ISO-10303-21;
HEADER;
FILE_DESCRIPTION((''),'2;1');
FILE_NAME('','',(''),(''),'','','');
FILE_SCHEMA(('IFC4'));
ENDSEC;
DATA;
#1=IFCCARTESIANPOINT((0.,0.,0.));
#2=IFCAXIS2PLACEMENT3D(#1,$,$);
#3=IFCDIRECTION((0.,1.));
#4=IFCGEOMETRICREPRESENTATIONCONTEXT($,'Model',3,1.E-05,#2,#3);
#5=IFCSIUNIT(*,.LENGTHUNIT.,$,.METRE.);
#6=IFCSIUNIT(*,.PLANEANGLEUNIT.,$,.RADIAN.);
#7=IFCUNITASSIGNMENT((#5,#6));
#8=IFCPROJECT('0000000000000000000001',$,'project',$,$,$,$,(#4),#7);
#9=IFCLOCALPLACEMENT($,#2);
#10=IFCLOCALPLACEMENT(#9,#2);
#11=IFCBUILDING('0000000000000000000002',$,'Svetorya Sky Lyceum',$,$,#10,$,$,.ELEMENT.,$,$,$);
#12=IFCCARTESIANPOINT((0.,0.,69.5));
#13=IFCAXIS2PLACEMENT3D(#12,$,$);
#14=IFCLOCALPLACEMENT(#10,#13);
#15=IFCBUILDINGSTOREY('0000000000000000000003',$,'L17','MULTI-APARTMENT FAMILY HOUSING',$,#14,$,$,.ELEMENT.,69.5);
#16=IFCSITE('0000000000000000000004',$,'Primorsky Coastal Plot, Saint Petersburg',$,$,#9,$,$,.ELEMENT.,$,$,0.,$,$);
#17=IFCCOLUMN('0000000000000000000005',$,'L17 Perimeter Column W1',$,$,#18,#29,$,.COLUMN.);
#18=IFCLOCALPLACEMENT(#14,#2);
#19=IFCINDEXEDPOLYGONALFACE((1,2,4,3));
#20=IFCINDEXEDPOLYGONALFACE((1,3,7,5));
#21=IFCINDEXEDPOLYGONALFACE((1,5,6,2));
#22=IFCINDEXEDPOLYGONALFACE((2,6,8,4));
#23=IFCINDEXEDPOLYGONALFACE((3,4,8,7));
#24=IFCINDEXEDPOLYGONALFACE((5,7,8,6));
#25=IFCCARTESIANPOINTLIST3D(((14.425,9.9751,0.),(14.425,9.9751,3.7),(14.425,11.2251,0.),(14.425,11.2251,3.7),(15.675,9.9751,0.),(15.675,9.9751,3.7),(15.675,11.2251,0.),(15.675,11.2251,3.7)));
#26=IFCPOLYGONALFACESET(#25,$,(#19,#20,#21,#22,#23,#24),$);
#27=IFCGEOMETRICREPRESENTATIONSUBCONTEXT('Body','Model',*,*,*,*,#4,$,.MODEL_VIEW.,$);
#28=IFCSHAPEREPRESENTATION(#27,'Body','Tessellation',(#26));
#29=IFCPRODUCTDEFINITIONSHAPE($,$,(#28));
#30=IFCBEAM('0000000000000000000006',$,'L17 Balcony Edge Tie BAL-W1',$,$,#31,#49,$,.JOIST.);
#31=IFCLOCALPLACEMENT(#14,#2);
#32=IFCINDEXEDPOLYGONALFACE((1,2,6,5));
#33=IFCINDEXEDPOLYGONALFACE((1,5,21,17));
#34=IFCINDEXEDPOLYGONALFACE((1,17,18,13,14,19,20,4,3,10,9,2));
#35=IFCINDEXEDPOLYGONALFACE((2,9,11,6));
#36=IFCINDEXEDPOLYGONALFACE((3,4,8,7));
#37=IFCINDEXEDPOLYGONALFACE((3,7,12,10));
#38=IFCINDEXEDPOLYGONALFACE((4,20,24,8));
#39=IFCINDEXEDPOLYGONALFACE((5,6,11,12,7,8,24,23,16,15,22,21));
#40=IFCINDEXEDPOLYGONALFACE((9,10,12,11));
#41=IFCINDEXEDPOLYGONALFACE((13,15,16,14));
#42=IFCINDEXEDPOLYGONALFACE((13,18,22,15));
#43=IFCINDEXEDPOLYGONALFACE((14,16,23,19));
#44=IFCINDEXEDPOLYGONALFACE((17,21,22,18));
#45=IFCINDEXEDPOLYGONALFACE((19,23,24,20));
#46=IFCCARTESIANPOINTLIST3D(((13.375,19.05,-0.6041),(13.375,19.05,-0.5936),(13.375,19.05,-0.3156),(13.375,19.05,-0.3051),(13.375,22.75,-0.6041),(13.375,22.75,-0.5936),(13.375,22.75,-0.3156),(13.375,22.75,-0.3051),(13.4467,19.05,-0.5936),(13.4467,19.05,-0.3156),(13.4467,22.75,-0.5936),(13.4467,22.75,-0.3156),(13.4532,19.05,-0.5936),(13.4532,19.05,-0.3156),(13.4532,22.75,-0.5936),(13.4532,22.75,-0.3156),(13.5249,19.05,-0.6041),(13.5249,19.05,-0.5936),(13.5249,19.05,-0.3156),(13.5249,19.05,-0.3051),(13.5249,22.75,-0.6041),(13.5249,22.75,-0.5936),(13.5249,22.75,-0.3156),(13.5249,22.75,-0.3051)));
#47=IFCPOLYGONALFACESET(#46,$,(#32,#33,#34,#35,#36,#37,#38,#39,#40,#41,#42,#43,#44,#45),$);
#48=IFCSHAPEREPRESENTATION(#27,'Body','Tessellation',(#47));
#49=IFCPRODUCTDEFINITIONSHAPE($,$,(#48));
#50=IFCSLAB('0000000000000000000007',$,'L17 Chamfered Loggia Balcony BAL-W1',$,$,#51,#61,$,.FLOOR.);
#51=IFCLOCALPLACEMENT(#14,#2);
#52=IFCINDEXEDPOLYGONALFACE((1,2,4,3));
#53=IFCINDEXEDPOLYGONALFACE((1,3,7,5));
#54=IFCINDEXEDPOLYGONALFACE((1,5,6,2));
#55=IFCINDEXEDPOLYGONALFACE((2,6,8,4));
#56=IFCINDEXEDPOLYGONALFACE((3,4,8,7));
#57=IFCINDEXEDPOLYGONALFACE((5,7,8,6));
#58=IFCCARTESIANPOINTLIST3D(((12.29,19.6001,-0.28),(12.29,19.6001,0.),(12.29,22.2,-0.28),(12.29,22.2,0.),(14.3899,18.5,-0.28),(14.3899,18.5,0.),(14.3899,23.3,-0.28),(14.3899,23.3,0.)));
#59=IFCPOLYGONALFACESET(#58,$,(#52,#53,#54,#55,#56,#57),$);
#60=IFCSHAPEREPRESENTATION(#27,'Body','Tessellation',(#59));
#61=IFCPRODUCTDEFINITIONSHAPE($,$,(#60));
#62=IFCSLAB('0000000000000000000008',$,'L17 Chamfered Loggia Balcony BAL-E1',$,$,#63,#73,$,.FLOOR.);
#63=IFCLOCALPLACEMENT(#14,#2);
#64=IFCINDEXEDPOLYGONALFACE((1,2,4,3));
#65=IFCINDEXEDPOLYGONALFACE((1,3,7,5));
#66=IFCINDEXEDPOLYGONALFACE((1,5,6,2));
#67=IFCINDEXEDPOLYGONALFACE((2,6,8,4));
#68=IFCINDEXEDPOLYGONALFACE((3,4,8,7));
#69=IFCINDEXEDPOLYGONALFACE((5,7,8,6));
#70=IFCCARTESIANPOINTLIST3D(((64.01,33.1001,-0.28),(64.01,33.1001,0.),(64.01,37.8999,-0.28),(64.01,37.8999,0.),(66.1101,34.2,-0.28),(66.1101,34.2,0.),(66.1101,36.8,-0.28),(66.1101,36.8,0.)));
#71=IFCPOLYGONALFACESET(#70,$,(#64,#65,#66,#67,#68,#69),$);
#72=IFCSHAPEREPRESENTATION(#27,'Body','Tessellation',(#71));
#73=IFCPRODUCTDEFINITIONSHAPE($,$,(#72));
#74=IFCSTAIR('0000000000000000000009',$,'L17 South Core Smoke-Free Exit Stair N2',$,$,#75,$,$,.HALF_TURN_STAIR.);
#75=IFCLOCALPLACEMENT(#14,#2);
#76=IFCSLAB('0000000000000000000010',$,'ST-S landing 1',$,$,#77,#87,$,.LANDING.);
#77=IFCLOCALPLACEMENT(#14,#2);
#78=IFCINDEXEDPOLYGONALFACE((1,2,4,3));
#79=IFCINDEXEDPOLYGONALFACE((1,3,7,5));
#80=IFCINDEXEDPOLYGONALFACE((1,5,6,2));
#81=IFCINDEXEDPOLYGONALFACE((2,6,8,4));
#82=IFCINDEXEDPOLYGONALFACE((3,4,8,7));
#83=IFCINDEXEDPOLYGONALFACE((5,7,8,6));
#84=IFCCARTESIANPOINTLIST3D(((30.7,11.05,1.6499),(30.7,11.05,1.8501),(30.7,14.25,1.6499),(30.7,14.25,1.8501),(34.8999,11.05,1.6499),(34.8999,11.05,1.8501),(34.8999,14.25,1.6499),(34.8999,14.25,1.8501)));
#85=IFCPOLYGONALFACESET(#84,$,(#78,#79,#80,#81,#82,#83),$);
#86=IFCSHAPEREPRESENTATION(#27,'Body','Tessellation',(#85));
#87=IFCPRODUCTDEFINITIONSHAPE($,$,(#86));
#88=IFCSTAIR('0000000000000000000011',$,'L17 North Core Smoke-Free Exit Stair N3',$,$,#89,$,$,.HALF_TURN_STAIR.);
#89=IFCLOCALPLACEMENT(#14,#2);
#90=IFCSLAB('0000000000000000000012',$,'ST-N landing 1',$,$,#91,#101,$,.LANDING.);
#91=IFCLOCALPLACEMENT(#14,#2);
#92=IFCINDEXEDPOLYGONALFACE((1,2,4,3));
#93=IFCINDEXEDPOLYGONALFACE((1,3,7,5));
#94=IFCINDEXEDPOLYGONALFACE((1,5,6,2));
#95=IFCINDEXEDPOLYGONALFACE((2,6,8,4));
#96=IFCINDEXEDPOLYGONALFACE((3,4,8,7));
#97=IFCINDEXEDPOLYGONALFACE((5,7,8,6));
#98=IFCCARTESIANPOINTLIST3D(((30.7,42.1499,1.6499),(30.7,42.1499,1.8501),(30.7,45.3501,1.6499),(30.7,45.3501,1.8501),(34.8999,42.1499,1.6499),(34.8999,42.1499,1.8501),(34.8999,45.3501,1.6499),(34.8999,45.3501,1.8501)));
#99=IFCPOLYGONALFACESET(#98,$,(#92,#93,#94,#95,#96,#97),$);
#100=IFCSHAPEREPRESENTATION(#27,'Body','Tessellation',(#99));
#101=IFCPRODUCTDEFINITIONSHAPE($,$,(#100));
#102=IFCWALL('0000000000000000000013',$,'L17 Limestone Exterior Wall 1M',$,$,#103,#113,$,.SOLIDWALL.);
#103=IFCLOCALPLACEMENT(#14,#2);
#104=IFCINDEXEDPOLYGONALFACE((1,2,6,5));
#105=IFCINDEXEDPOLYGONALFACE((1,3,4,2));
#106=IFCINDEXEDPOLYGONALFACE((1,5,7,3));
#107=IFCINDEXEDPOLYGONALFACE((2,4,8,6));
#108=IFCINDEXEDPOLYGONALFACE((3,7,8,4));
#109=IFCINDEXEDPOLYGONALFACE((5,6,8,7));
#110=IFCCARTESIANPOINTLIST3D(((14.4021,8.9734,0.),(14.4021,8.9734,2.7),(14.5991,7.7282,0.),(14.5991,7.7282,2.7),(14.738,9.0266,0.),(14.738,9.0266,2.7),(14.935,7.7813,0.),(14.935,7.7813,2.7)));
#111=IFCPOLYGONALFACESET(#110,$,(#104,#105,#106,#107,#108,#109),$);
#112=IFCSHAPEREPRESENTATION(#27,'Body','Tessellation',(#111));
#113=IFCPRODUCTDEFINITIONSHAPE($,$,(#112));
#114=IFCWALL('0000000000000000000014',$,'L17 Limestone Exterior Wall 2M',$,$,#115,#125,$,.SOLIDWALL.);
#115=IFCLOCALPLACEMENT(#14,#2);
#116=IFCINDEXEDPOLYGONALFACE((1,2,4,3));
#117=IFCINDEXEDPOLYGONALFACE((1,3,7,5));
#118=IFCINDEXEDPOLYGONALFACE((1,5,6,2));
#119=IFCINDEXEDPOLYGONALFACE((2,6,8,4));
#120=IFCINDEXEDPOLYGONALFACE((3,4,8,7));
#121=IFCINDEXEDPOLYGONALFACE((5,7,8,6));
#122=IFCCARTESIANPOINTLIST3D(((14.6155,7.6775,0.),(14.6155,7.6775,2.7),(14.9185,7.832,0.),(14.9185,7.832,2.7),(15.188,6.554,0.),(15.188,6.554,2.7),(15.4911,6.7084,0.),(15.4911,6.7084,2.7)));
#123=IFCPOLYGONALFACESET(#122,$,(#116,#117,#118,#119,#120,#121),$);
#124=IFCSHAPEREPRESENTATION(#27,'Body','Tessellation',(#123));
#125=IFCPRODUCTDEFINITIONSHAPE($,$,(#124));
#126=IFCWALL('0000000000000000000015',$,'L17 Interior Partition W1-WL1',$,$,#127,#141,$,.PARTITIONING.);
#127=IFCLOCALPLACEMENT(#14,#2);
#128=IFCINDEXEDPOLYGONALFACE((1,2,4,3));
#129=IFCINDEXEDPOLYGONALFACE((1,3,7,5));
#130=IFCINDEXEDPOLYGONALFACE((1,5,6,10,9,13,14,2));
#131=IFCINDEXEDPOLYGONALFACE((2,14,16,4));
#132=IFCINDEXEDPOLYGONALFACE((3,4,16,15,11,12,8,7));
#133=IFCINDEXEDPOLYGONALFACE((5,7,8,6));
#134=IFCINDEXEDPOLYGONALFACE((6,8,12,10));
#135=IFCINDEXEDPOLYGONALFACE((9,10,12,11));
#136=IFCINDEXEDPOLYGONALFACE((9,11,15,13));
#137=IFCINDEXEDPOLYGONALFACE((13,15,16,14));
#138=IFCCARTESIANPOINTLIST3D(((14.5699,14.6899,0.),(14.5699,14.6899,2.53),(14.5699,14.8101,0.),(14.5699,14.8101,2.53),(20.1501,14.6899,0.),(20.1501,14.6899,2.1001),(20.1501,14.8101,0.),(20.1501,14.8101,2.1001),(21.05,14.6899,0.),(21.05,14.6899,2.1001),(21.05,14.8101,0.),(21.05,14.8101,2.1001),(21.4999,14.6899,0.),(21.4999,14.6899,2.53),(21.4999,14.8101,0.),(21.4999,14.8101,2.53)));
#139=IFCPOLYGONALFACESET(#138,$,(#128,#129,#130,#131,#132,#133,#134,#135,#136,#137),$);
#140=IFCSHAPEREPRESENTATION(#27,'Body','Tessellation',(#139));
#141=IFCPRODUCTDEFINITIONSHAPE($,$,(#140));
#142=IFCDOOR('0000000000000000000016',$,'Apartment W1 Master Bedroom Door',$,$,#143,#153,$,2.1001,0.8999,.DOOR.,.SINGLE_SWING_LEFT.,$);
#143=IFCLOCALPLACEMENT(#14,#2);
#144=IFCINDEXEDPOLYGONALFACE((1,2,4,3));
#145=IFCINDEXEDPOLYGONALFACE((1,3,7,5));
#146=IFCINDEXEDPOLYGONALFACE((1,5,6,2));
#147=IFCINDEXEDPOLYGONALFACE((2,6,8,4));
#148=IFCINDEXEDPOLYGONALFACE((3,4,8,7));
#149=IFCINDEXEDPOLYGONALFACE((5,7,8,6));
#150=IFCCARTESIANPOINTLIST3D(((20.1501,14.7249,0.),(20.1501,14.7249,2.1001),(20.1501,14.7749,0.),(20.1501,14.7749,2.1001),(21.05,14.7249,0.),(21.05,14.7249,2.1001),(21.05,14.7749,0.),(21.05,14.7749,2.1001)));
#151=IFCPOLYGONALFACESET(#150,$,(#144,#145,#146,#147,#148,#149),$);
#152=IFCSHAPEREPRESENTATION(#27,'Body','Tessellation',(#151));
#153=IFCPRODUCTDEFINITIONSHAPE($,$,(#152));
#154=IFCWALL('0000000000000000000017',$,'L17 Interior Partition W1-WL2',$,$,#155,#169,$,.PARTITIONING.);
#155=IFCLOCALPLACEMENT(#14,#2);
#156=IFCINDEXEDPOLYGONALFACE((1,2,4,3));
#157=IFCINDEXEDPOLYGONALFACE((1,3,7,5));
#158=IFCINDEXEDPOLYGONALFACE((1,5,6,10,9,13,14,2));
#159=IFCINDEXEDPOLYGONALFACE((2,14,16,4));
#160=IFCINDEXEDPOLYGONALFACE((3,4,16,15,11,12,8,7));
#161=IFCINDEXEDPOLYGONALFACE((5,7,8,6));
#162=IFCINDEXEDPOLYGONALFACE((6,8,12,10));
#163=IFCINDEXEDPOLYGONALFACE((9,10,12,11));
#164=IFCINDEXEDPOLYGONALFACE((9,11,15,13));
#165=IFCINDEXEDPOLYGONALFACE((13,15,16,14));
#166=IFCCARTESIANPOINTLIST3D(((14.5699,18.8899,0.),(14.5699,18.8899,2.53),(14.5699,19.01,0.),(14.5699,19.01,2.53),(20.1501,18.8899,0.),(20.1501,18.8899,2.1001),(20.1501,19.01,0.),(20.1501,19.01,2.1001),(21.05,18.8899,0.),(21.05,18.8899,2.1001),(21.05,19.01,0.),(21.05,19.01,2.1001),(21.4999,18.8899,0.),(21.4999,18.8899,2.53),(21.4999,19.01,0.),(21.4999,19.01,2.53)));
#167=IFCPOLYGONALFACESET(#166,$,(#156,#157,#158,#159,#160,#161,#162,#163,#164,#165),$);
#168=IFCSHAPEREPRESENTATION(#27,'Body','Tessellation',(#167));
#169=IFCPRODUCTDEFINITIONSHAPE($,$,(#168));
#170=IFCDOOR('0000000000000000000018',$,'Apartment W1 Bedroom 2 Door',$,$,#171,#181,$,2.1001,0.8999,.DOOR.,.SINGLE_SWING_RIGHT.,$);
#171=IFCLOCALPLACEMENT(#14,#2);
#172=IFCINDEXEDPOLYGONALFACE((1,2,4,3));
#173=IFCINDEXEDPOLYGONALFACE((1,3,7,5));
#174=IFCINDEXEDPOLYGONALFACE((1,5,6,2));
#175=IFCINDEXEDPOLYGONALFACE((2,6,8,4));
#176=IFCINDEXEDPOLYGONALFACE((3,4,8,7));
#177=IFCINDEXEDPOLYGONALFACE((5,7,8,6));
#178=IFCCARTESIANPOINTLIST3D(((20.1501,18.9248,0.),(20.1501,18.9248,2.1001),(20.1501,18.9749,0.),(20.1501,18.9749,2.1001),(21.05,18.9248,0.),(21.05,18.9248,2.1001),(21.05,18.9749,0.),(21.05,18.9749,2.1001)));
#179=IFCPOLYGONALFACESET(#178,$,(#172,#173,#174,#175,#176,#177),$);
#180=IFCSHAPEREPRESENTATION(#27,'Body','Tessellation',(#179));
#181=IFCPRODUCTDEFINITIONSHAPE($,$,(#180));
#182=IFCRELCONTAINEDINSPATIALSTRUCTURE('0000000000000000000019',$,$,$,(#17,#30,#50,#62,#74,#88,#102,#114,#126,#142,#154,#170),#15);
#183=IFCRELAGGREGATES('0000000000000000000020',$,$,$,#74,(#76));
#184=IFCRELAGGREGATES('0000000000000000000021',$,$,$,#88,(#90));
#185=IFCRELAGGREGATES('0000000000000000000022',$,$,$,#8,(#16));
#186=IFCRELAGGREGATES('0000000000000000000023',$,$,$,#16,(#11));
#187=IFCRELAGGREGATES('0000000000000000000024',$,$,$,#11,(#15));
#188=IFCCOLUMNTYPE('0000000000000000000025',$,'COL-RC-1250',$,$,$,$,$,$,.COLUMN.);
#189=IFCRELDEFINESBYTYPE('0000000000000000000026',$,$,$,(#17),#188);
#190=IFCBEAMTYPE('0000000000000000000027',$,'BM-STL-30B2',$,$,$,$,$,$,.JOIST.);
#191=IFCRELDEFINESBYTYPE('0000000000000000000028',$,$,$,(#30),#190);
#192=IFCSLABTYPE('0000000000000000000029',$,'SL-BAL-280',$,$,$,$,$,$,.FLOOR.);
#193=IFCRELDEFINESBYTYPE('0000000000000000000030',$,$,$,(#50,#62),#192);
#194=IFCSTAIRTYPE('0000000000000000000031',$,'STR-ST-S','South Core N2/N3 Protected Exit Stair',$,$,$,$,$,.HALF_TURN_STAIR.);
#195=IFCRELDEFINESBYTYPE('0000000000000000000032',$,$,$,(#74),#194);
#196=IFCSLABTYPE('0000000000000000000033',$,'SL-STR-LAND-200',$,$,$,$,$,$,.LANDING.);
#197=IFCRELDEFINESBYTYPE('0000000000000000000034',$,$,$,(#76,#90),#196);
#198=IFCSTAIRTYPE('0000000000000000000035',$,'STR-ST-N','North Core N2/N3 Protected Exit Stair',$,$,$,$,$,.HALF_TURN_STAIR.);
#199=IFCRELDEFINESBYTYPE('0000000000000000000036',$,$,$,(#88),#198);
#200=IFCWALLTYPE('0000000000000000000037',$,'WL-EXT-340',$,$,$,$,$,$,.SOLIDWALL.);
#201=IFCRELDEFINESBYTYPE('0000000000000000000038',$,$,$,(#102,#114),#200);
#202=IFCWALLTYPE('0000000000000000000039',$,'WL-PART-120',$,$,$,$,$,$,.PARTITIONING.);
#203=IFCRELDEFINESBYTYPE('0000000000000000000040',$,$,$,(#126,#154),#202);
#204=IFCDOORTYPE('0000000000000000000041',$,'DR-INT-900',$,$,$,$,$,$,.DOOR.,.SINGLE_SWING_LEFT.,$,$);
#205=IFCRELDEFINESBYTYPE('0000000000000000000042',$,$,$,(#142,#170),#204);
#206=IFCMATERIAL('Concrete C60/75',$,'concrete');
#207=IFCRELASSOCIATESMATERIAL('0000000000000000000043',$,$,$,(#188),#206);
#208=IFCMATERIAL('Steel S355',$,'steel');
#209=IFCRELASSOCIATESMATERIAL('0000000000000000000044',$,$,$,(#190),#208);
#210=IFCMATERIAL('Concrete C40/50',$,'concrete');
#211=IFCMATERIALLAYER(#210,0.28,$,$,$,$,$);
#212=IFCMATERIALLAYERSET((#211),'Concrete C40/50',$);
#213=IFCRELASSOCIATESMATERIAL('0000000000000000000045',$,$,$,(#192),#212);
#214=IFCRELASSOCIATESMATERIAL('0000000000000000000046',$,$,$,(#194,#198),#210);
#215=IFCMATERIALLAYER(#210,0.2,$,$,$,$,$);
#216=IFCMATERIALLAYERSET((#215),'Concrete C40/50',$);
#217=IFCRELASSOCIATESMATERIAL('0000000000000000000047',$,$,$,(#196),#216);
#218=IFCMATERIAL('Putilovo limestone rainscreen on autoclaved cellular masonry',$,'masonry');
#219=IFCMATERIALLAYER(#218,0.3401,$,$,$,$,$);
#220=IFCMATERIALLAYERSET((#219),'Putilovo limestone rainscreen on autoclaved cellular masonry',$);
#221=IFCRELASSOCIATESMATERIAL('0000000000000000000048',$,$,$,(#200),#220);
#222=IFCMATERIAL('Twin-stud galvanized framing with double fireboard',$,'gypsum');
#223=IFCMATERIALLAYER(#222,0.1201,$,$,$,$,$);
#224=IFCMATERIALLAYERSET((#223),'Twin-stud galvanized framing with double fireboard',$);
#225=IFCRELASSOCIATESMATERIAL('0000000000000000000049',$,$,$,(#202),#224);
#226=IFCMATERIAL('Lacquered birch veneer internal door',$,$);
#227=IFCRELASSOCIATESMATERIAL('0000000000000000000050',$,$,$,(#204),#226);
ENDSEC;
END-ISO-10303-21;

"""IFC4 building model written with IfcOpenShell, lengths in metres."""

from ifc_helpers import new_model, si_unit, direction, frame, frame_2d, origin, origin_2d, place, context, subcontext, project, spatial, polyline, rectangle, i_section, outline, extrude, material, layer, layer_set, material_profile, profile_set, type_object, element, fill, aggregate, save


model = new_model("IFC4")

# Units and contexts
model_context = context("Model", 3, precision=1e-05, world=origin(), true_north=direction((0.0, 1.0)))
body_context = subcontext(model_context, "Body", "Model", "MODEL_VIEW")
ifc_project = project(units=[si_unit("LENGTHUNIT", "METRE"), si_unit("PLANEANGLEUNIT", "RADIAN")], contexts=[model_context])

# Site, building, storey
site_placement = place(None, origin())
site = spatial("IfcSite", under=ifc_project, at=site_placement, Name="Primorsky Coastal Plot, Saint Petersburg", CompositionType="ELEMENT", RefElevation=0.0)
building_placement = place(site_placement, origin())
building = spatial("IfcBuilding", under=site, at=building_placement, Name="Svetorya Sky Lyceum", CompositionType="ELEMENT")
storey_placement = place(building_placement, frame((0.0, 0.0, 69.5)))
storey = spatial("IfcBuildingStorey", under=building, at=storey_placement, Name="L17", Description="MULTI-APARTMENT FAMILY HOUSING", CompositionType="ELEMENT", Elevation=69.5)

# Column
ifc_material_1 = material(Name="Concrete C60/75", Category="concrete")
ifc_material_profile_1 = material_profile(ifc_material_1, rectangle(XDim=1.25, YDim=1.25, at=origin_2d()), Name="RC COL 1250x1250")
ifc_profile_set_1 = profile_set([ifc_material_profile_1], Name="Concrete C60/75")
column_type = type_object("IfcColumnType", Name="COL-RC-1250", PredefinedType="COLUMN", material=ifc_profile_set_1)
column_placement = place(storey_placement, frame((15.05, 10.6001, 0.0), z_axis=(0.0, 0.0, 1.0), x_axis=(1.0, 0.0, 0.0)))
element("IfcColumn", 1, at=column_placement, inside=storey, type_object=column_type, Name="L17 Perimeter Column W1", PredefinedType="COLUMN", context=body_context, shape_type="SweptSolid", body=[
    extrude(rectangle(XDim=1.25, YDim=1.25, at=origin_2d()), origin(), (0.0, 0.0, 1.0), 3.7),
])

# Beam
ifc_material_2 = material(Name="Steel S355", Category="steel")
ifc_material_profile_2 = material_profile(ifc_material_2, i_section(OverallWidth=0.1499, OverallDepth=0.2991, WebThickness=0.0066, FlangeThickness=0.0105, at=origin_2d()), Name="GOST 30B2")
ifc_profile_set_2 = profile_set([ifc_material_profile_2], Name="Steel S355")
beam_type = type_object("IfcBeamType", Name="BM-STL-30B2", PredefinedType="JOIST", material=ifc_profile_set_2)
beam_placement = place(storey_placement, frame((13.45, 19.05, -0.4546), z_axis=(0.0, 1.0, 0.0), x_axis=(-1.0, 0.0, 0.0)))
element("IfcBeam", 2, at=beam_placement, inside=storey, type_object=beam_type, Name="L17 Balcony Edge Tie BAL-W1", PredefinedType="JOIST", context=body_context, shape_type="SweptSolid", body=[
    extrude(i_section(OverallWidth=0.1499, OverallDepth=0.2991, WebThickness=0.0066, FlangeThickness=0.0105, at=origin_2d()), origin(), (0.0, 0.0, 1.0), 3.7),
])

# Slabs
ifc_material_3 = material(Name="Concrete C40/50", Category="concrete")
ifc_layer_1 = layer(ifc_material_3, 0.28)
ifc_layer_set_1 = layer_set([ifc_layer_1], Name="Concrete C40/50")
slab_type_1 = type_object("IfcSlabType", Name="SL-BAL-280", PredefinedType="FLOOR", material=ifc_layer_set_1)
slab_1_placement = place(storey_placement, frame((0.0, 0.0, -0.28)))
element("IfcSlab", 3, at=slab_1_placement, inside=storey, type_object=slab_type_1, Name="L17 Chamfered Loggia Balcony BAL-W1", PredefinedType="FLOOR", context=body_context, shape_type="SweptSolid", body=[
    extrude(outline(polyline([(14.3899, 18.5), (14.3899, 23.3), (12.29, 22.2), (12.29, 19.6001), (14.3899, 18.5)])), origin(), (0.0, 0.0, 1.0), 0.28),
])
slab_2_placement = place(storey_placement, frame((0.0, 0.0, -0.28)))
element("IfcSlab", 4, at=slab_2_placement, inside=storey, type_object=slab_type_1, Name="L17 Chamfered Loggia Balcony BAL-E1", PredefinedType="FLOOR", context=body_context, shape_type="SweptSolid", body=[
    extrude(outline(polyline([(64.01, 33.1001), (66.1101, 34.2), (66.1101, 36.8), (64.01, 37.8999), (64.01, 33.1001)])), origin(), (0.0, 0.0, 1.0), 0.28),
])

# Stairs, slabs
stair_type_1 = type_object("IfcStairType", Name="STR-ST-S", Description="South Core N2/N3 Protected Exit Stair", PredefinedType="HALF_TURN_STAIR", material=ifc_material_3)
stair_1_placement = place(storey_placement, origin())
stair_1 = element("IfcStair", 5, at=stair_1_placement, inside=storey, type_object=stair_type_1, Name="L17 South Core Smoke-Free Exit Stair N2", PredefinedType="HALF_TURN_STAIR")
ifc_layer_2 = layer(ifc_material_3, 0.2)
ifc_layer_set_2 = layer_set([ifc_layer_2], Name="Concrete C40/50")
slab_type_2 = type_object("IfcSlabType", Name="SL-STR-LAND-200", PredefinedType="LANDING", material=ifc_layer_set_2)
slab_3_placement = place(storey_placement, frame((0.0, 0.0, 1.6499)))
slab_3 = element("IfcSlab", 6, at=slab_3_placement, type_object=slab_type_2, Name="ST-S landing 1", PredefinedType="LANDING", context=body_context, shape_type="SweptSolid", body=[
    extrude(outline(polyline([(30.7, 11.05), (34.8999, 11.05), (34.8999, 14.25), (30.7, 14.25), (30.7, 11.05)])), origin(), (0.0, 0.0, 1.0), 0.2002),
])
aggregate(stair_1, [slab_3])
stair_type_2 = type_object("IfcStairType", Name="STR-ST-N", Description="North Core N2/N3 Protected Exit Stair", PredefinedType="HALF_TURN_STAIR", material=ifc_material_3)
stair_2_placement = place(storey_placement, origin())
stair_2 = element("IfcStair", 7, at=stair_2_placement, inside=storey, type_object=stair_type_2, Name="L17 North Core Smoke-Free Exit Stair N3", PredefinedType="HALF_TURN_STAIR")
slab_4_placement = place(storey_placement, frame((0.0, 0.0, 1.6499)))
slab_4 = element("IfcSlab", 8, at=slab_4_placement, type_object=slab_type_2, Name="ST-N landing 1", PredefinedType="LANDING", context=body_context, shape_type="SweptSolid", body=[
    extrude(outline(polyline([(30.7, 42.1499), (34.8999, 42.1499), (34.8999, 45.3501), (30.7, 45.3501), (30.7, 42.1499)])), origin(), (0.0, 0.0, 1.0), 0.2002),
])
aggregate(stair_2, [slab_4])

# Walls
ifc_material_4 = material(Name="Putilovo limestone rainscreen on autoclaved cellular masonry", Category="masonry")
ifc_layer_3 = layer(ifc_material_4, 0.3401)
ifc_layer_set_3 = layer_set([ifc_layer_3], Name="Putilovo limestone rainscreen on autoclaved cellular masonry")
wall_type_1 = type_object("IfcWallType", Name="WL-EXT-340", PredefinedType="SOLIDWALL", material=ifc_layer_set_3)
wall_1_placement = place(storey_placement, frame((14.5701, 9.0, 0.0), z_axis=(0.0, 0.0, 1.0), x_axis=(0.156261, -0.987716, 0.0)))
element("IfcWall", 9, at=wall_1_placement, inside=storey, type_object=wall_type_1, Name="L17 Limestone Exterior Wall 1M", PredefinedType="SOLIDWALL", context=body_context, shape_type="SweptSolid", body=[
    extrude(rectangle(XDim=1.2607, YDim=0.3401, at=frame_2d((0.6304, 0.0))), origin(), (0.0, 0.0, 1.0), 2.7),
])
wall_2_placement = place(storey_placement, frame((14.7671, 7.7546, 0.0), z_axis=(0.0, 0.0, 1.0), x_axis=(0.454016, -0.890994, 0.0)))
element("IfcWall", 10, at=wall_2_placement, inside=storey, type_object=wall_type_1, Name="L17 Limestone Exterior Wall 2M", PredefinedType="SOLIDWALL", context=body_context, shape_type="SweptSolid", body=[
    extrude(rectangle(XDim=1.261, YDim=0.3401, at=frame_2d((0.6304, 0.0))), origin(), (0.0, 0.0, 1.0), 2.7),
])

# Walls, openings, doors
ifc_material_5 = material(Name="Twin-stud galvanized framing with double fireboard", Category="gypsum")
ifc_layer_4 = layer(ifc_material_5, 0.1201)
ifc_layer_set_4 = layer_set([ifc_layer_4], Name="Twin-stud galvanized framing with double fireboard")
wall_type_2 = type_object("IfcWallType", Name="WL-PART-120", PredefinedType="PARTITIONING", material=ifc_layer_set_4)
wall_3_placement = place(storey_placement, frame((14.5701, 14.75, 0.0), z_axis=(0.0, 0.0, 1.0), x_axis=(1.0, 0.0, 0.0)))
wall_3 = element("IfcWall", 11, at=wall_3_placement, inside=storey, type_object=wall_type_2, Name="L17 Interior Partition W1-WL1", PredefinedType="PARTITIONING", context=body_context, shape_type="SweptSolid", body=[
    extrude(rectangle(XDim=6.9299, YDim=0.1201, at=frame_2d((3.4648, 0.0))), origin(), (0.0, 0.0, 1.0), 2.53),
])
opening_1_placement = place(wall_3_placement, frame((5.5801, 0.0, 0.0)))
opening_1 = element("IfcOpeningElement", 12, at=opening_1_placement, cuts=wall_3, PredefinedType="OPENING", context=body_context, shape_type="SweptSolid", body=[
    extrude(rectangle(XDim=0.8999, YDim=2.1001, at=frame_2d((0.45, 1.05))), frame((0.0, 0.0701, 0.0), z_axis=(0.0, -1.0, 0.0), x_axis=(1.0, 0.0, 0.0)), (0.0, 0.0, 1.0), 0.1401),
])
ifc_material_6 = material(Name="Lacquered birch veneer internal door")
door_type = type_object("IfcDoorType", Name="DR-INT-900", OperationType="SINGLE_SWING_LEFT", PredefinedType="DOOR", material=ifc_material_6)
door_1_placement = place(opening_1_placement, origin())
door_1 = element("IfcDoor", 13, at=door_1_placement, inside=storey, type_object=door_type, Name="Apartment W1 Master Bedroom Door", OperationType="SINGLE_SWING_LEFT", OverallHeight=2.1001, OverallWidth=0.8999, PredefinedType="DOOR", context=body_context, shape_type="SweptSolid", body=[
    extrude(rectangle(XDim=0.8999, YDim=2.1001, at=frame_2d((0.45, 1.05))), frame((0.0, 0.0249, 0.0), z_axis=(0.0, -1.0, 0.0), x_axis=(1.0, 0.0, 0.0)), (0.0, 0.0, 1.0), 0.05),
])
fill(opening_1, door_1)
wall_4_placement = place(storey_placement, frame((14.5701, 18.95, 0.0), z_axis=(0.0, 0.0, 1.0), x_axis=(1.0, 0.0, 0.0)))
wall_4 = element("IfcWall", 14, at=wall_4_placement, inside=storey, type_object=wall_type_2, Name="L17 Interior Partition W1-WL2", PredefinedType="PARTITIONING", context=body_context, shape_type="SweptSolid", body=[
    extrude(rectangle(XDim=6.9299, YDim=0.1201, at=frame_2d((3.4648, 0.0))), origin(), (0.0, 0.0, 1.0), 2.53),
])
opening_2_placement = place(wall_4_placement, frame((5.5801, 0.0, 0.0)))
opening_2 = element("IfcOpeningElement", 15, at=opening_2_placement, cuts=wall_4, PredefinedType="OPENING", context=body_context, shape_type="SweptSolid", body=[
    extrude(rectangle(XDim=0.8999, YDim=2.1001, at=frame_2d((0.45, 1.05))), frame((0.0, 0.0701, 0.0), z_axis=(0.0, -1.0, 0.0), x_axis=(1.0, 0.0, 0.0)), (0.0, 0.0, 1.0), 0.1401),
])
door_2_placement = place(opening_2_placement, origin())
door_2 = element("IfcDoor", 16, at=door_2_placement, inside=storey, type_object=door_type, Name="Apartment W1 Bedroom 2 Door", OperationType="SINGLE_SWING_RIGHT", OverallHeight=2.1001, OverallWidth=0.8999, PredefinedType="DOOR", context=body_context, shape_type="SweptSolid", body=[
    extrude(rectangle(XDim=0.8999, YDim=2.1001, at=frame_2d((0.45, 1.05))), frame((0.0, 0.0249, 0.0), z_axis=(0.0, -1.0, 0.0), x_axis=(1.0, 0.0, 0.0)), (0.0, 0.0, 1.0), 0.05),
])
fill(opening_2, door_2)

save(model, "model.ifc")
